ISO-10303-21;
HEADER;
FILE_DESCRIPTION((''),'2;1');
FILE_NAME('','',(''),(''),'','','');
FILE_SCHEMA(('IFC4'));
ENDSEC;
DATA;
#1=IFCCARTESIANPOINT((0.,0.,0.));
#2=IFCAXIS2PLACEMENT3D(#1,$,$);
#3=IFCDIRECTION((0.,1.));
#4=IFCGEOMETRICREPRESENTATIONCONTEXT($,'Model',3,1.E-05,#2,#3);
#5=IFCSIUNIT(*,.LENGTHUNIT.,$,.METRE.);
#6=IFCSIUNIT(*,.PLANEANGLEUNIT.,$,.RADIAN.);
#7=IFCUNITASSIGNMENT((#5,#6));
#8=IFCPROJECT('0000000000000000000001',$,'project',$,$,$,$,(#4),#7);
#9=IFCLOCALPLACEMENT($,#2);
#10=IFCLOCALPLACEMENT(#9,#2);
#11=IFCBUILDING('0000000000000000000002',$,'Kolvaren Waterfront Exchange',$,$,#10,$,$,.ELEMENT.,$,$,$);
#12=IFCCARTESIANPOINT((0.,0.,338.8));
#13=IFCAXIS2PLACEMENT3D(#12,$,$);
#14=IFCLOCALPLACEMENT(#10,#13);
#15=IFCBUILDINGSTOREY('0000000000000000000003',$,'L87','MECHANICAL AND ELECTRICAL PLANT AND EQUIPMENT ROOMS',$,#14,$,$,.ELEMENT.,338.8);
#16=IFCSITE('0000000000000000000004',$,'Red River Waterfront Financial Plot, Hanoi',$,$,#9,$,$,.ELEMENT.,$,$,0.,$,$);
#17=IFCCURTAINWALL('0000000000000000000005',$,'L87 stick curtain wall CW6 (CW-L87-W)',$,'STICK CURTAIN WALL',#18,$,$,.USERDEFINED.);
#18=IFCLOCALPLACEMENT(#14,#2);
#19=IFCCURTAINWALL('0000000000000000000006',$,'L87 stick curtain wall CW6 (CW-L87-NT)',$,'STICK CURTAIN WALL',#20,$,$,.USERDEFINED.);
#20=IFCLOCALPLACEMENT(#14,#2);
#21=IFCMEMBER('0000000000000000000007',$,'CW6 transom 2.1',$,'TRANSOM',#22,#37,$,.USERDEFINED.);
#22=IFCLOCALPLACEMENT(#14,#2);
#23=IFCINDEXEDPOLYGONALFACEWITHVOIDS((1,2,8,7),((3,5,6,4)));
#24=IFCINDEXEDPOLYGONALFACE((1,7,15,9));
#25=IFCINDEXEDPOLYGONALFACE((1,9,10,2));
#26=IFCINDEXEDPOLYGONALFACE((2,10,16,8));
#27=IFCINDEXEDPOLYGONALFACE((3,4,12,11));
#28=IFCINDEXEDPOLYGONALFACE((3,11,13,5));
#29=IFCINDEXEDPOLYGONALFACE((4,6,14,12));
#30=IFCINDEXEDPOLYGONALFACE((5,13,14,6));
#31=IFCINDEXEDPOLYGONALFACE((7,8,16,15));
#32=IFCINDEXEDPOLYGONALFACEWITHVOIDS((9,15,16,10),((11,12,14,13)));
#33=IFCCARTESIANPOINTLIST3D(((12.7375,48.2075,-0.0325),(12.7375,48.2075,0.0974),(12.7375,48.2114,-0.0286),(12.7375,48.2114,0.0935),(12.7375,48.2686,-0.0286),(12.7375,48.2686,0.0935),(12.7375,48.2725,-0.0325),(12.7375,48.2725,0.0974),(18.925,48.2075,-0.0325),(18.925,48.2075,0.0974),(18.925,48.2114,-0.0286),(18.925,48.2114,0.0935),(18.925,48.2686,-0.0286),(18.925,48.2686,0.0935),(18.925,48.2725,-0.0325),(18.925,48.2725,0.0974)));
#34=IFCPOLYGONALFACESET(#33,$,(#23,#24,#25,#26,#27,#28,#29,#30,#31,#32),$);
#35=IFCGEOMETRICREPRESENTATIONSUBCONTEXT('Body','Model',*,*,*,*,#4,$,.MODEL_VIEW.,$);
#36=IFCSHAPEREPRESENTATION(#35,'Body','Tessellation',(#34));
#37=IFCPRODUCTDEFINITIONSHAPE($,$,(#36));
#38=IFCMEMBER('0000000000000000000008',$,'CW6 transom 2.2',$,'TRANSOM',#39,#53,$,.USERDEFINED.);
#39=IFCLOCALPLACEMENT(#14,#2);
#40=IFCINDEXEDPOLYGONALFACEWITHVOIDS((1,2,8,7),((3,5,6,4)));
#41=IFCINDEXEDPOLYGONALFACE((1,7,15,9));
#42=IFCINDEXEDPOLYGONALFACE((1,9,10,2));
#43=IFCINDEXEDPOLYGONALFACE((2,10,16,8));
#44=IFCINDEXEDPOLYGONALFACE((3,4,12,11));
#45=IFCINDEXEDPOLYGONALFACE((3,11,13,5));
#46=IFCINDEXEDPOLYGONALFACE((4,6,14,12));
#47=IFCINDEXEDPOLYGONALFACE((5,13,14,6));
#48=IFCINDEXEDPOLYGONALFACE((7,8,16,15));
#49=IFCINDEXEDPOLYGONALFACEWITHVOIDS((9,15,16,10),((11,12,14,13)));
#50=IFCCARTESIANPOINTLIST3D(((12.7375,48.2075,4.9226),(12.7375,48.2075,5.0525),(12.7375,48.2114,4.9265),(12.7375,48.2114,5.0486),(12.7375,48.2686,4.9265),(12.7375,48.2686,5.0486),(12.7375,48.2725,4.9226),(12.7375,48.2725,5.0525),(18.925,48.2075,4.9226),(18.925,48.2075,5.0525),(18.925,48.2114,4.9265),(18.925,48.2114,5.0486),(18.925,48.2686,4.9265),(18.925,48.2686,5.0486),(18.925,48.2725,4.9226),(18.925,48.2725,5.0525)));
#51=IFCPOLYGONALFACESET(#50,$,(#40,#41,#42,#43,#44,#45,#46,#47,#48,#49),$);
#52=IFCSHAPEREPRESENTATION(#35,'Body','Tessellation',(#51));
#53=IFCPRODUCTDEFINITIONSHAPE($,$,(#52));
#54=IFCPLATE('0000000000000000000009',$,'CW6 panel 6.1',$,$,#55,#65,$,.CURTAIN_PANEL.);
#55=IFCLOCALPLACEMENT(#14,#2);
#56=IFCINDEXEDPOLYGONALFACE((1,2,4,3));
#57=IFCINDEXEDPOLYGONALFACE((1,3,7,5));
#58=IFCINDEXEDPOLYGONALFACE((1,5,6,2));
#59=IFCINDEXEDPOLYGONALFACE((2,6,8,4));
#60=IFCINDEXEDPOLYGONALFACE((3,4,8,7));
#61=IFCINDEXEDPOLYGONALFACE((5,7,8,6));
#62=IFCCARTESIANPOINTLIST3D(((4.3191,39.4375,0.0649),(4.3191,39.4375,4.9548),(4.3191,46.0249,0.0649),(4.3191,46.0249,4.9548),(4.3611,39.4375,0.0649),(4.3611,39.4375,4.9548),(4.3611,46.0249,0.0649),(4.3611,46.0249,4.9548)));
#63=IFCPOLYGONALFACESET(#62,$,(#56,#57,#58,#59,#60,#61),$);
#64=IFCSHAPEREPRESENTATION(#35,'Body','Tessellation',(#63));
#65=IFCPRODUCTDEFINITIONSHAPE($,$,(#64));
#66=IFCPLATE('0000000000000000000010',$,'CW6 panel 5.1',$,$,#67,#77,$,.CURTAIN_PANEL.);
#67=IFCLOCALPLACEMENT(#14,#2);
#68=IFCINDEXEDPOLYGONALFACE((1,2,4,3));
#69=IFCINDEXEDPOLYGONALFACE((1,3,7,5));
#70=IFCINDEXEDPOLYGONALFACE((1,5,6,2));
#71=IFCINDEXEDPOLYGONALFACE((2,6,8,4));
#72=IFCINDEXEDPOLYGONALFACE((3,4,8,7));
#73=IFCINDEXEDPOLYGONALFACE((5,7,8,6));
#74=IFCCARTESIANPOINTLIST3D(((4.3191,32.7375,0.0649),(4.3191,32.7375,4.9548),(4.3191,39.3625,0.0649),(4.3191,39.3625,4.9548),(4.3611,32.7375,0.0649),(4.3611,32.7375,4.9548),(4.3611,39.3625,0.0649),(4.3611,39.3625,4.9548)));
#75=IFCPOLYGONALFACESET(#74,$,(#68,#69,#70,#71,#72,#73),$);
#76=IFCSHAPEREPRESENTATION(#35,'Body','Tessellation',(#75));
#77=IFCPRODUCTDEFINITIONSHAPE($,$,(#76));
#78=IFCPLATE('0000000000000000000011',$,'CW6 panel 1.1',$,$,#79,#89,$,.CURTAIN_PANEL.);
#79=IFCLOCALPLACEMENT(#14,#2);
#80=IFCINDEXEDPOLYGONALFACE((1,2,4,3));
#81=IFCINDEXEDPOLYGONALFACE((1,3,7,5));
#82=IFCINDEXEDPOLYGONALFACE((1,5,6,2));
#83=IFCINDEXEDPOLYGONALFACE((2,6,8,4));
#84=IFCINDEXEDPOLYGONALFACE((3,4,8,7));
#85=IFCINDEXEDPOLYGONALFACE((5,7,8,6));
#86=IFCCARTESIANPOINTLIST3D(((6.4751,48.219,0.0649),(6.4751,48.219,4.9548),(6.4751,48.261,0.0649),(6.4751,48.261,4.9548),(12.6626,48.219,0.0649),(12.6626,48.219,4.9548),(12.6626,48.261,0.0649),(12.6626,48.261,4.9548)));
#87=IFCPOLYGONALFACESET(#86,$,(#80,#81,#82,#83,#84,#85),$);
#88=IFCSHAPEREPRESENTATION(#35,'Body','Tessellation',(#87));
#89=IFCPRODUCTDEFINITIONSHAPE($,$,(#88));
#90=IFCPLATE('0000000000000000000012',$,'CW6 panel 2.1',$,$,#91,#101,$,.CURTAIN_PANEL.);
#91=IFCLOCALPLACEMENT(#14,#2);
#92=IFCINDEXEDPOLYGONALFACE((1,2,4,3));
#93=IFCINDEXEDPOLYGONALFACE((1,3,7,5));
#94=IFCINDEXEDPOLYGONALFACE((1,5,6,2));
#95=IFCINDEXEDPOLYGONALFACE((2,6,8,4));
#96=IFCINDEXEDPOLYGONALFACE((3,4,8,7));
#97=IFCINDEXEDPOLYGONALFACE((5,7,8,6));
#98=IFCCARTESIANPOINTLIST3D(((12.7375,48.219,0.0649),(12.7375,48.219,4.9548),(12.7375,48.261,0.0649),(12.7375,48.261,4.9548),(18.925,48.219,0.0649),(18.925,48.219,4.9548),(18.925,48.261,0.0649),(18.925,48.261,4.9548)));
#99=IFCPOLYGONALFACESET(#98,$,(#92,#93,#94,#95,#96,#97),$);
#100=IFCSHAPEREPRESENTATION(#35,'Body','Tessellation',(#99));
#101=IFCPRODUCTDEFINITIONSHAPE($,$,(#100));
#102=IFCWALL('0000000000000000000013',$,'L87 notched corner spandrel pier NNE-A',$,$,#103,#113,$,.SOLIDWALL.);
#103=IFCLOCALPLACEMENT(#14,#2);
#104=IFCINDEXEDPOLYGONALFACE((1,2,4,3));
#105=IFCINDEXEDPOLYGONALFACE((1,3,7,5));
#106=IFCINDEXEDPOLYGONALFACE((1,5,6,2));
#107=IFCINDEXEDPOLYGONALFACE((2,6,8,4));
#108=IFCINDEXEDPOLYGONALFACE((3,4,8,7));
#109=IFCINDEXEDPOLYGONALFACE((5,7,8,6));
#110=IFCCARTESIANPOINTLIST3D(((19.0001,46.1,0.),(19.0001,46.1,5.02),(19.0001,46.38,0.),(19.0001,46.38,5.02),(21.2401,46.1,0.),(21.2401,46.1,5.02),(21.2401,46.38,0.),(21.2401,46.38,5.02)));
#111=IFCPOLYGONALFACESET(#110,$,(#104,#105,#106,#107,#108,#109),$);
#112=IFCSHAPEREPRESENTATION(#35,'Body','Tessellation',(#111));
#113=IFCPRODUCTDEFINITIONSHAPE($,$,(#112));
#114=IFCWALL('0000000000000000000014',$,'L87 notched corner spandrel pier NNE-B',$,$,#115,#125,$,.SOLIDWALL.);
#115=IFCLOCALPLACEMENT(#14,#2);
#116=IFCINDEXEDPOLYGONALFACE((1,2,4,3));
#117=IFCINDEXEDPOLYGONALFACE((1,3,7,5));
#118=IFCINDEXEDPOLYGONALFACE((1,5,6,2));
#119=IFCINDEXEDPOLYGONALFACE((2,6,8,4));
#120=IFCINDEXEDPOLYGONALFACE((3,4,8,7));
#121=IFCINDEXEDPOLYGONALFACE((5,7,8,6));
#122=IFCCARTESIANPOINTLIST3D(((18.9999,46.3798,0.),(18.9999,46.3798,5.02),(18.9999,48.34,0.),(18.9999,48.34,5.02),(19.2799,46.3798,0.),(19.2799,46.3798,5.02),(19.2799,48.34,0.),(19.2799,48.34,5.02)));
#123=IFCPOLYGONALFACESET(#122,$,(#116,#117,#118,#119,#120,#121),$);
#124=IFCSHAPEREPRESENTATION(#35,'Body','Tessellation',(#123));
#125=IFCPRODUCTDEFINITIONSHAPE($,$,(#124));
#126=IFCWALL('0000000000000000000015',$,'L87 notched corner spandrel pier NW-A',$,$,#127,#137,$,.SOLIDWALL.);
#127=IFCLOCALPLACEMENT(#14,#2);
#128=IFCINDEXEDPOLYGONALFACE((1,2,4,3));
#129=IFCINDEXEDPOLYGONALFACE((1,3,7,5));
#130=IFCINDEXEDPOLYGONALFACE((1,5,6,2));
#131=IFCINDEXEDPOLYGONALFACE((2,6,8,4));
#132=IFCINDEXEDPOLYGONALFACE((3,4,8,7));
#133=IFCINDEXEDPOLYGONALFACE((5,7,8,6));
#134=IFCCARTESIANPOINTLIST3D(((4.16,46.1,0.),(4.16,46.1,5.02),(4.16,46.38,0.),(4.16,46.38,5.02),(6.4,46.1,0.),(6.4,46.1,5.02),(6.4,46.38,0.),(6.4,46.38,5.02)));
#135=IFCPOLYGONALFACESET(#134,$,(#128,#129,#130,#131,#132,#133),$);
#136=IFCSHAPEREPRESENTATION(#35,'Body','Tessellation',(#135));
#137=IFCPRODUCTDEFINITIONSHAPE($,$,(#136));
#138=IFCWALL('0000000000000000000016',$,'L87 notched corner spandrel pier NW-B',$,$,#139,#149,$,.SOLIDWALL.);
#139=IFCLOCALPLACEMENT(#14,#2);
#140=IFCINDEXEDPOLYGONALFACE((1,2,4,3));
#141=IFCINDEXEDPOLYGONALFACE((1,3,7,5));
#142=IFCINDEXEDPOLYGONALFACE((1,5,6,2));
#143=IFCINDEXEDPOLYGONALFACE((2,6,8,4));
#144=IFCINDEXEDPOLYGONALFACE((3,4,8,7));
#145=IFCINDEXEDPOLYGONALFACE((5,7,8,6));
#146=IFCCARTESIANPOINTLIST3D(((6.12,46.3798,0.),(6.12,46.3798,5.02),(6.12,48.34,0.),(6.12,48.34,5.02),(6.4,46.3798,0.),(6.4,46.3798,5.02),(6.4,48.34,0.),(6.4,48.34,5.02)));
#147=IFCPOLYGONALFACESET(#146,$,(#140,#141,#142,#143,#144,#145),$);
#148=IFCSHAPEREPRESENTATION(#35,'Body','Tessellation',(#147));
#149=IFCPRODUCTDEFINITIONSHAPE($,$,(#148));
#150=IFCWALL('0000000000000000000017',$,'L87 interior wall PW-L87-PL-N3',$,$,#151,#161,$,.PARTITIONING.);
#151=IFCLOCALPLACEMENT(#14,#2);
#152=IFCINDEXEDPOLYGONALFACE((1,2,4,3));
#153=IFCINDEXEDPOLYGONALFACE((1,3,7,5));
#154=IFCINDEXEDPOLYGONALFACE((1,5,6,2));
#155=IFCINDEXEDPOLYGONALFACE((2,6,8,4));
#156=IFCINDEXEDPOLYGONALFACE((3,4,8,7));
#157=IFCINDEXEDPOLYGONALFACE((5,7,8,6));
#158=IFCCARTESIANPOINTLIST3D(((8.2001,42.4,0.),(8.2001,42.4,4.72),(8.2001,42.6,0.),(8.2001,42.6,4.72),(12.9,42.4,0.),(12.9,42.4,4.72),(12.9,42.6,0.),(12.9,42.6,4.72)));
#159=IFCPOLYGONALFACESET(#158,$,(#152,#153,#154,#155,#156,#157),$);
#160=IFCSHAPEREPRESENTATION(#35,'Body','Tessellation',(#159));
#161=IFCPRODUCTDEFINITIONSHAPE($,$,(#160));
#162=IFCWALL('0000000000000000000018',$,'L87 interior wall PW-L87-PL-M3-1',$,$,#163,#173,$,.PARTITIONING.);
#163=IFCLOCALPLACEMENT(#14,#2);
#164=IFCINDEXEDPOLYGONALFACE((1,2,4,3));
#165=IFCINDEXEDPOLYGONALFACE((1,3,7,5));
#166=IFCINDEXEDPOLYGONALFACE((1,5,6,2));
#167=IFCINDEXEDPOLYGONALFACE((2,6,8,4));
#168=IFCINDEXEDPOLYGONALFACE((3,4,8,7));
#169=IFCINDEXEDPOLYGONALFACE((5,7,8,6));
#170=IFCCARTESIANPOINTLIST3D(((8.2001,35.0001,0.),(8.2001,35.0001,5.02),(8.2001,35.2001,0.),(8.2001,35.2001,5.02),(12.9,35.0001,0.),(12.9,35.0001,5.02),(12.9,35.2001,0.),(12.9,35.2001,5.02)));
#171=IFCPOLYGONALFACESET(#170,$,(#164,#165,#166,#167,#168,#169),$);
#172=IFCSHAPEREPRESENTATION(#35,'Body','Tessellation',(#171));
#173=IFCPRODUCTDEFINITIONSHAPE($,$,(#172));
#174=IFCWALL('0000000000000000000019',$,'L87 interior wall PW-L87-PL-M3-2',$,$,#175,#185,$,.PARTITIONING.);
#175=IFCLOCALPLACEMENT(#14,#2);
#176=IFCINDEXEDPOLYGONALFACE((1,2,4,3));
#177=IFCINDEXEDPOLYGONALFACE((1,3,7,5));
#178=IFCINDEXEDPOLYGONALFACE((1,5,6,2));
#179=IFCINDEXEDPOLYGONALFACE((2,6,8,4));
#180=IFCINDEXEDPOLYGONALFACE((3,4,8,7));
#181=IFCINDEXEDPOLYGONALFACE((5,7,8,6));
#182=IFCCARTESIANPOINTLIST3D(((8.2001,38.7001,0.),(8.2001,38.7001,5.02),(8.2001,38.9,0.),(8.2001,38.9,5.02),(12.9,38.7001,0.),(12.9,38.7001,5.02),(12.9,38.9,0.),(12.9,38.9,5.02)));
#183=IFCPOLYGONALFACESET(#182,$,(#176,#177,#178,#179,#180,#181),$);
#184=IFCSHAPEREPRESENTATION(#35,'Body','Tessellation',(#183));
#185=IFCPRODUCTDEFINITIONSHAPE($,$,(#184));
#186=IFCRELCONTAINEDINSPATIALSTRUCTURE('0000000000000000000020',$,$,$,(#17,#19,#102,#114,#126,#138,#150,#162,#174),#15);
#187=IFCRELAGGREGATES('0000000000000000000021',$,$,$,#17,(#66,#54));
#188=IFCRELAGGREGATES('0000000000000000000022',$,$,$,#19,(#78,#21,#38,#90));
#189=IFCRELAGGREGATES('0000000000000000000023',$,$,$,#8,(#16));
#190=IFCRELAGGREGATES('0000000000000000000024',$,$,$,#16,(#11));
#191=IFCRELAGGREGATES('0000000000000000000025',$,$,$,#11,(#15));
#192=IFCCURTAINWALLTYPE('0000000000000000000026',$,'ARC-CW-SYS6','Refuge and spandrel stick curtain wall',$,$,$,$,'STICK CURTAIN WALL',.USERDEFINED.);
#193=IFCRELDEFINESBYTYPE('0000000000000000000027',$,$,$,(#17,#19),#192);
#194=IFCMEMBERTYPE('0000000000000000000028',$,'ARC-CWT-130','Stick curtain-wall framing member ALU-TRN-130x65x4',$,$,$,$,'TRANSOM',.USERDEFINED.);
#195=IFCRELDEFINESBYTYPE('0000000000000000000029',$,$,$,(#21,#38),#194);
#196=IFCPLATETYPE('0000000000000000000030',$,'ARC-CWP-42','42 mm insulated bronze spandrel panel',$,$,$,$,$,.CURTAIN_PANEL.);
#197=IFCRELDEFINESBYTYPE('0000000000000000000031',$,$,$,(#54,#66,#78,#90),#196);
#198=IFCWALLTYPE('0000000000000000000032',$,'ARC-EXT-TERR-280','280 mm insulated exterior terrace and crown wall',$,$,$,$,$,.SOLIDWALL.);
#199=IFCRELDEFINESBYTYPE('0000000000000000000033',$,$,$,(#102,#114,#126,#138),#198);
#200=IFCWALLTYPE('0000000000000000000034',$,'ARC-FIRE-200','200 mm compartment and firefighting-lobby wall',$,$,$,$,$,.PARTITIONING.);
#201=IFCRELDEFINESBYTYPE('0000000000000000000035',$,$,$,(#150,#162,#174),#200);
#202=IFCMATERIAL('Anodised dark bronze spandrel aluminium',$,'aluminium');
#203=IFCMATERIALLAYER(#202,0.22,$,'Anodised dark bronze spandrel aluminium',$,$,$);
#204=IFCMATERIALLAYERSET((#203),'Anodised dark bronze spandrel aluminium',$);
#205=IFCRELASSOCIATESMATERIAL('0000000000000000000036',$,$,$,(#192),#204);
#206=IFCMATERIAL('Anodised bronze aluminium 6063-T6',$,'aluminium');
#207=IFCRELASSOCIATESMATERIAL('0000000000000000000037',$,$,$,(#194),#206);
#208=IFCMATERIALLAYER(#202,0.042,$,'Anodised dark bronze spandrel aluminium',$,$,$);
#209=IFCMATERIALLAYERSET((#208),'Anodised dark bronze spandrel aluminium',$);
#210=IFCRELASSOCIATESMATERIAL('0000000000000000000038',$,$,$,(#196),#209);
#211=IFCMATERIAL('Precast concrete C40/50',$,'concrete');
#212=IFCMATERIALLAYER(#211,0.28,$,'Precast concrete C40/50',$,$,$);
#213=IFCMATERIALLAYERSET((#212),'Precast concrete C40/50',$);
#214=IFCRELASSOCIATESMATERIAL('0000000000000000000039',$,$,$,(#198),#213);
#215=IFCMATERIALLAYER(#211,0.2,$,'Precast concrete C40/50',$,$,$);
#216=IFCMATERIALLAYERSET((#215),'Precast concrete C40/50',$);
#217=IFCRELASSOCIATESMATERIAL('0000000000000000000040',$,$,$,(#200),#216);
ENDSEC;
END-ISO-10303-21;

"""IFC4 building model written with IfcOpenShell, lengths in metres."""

from ifc_helpers import new_model, si_unit, direction, frame, frame_2d, origin, origin_with_axes, origin_2d, place, context, subcontext, project, spatial, rectangle, hollow_rectangle, extrude, source, transform, mapped, material, layer, layer_set, material_profile, profile_set, type_object, element, aggregate, save


model = new_model("IFC4")

# Units and contexts
model_context = context("Model", 3, precision=1e-05, world=origin(), true_north=direction((0.0, 1.0)))
body_context = subcontext(model_context, "Body", "Model", "MODEL_VIEW")
ifc_project = project(units=[si_unit("LENGTHUNIT", "METRE"), si_unit("PLANEANGLEUNIT", "RADIAN")], contexts=[model_context])

# Site, building, storey
site_placement = place(None, origin())
site = spatial("IfcSite", under=ifc_project, at=site_placement, Name="Red River Waterfront Financial Plot, Hanoi", CompositionType="ELEMENT", RefElevation=0.0)
building_placement = place(site_placement, origin())
building = spatial("IfcBuilding", under=site, at=building_placement, Name="Kolvaren Waterfront Exchange", CompositionType="ELEMENT")
storey_placement = place(building_placement, frame((0.0, 0.0, 338.8)))
storey = spatial("IfcBuildingStorey", under=building, at=storey_placement, Name="L87", Description="MECHANICAL AND ELECTRICAL PLANT AND EQUIPMENT ROOMS", CompositionType="ELEMENT", Elevation=338.8)

# Curtain walls
ifc_material_1 = material(Name="Anodised dark bronze spandrel aluminium", Category="aluminium")
ifc_layer_1 = layer(ifc_material_1, 0.22, Name="Anodised dark bronze spandrel aluminium")
ifc_layer_set_1 = layer_set([ifc_layer_1], Name="Anodised dark bronze spandrel aluminium")
curtain_wall_type = type_object("IfcCurtainWallType", Name="ARC-CW-SYS6", Description="Refuge and spandrel stick curtain wall", ElementType="STICK CURTAIN WALL", PredefinedType="USERDEFINED", material=ifc_layer_set_1)
curtain_wall_1_placement = place(storey_placement, origin())
curtain_wall_1 = element("IfcCurtainWall", 1, at=curtain_wall_1_placement, inside=storey, type_object=curtain_wall_type, Name="L87 stick curtain wall CW6 (CW-L87-W)", ObjectType="STICK CURTAIN WALL", PredefinedType="USERDEFINED")
ifc_material_2 = material(Name="Anodised bronze aluminium 6063-T6", Category="aluminium")
curtain_wall_2_placement = place(storey_placement, origin())
curtain_wall_2 = element("IfcCurtainWall", 2, at=curtain_wall_2_placement, inside=storey, type_object=curtain_wall_type, Name="L87 stick curtain wall CW6 (CW-L87-NT)", ObjectType="STICK CURTAIN WALL", PredefinedType="USERDEFINED")

# Members
ifc_material_profile_1 = material_profile(ifc_material_2, hollow_rectangle(XDim=0.0649, YDim=0.1299, WallThickness=0.0039, at=origin_2d()), Name="ALU-TRN-130x65x4")
ifc_profile_set_1 = profile_set([ifc_material_profile_1], Name="Anodised bronze aluminium 6063-T6")
member_type_1 = type_object("IfcMemberType", Name="ARC-CWT-130", Description="Stick curtain-wall framing member ALU-TRN-130x65x4", ElementType="TRANSOM", PredefinedType="USERDEFINED", material=ifc_profile_set_1)
shared_shape_1 = source(origin_with_axes(), body_context, "Body", "SweptSolid", [
    extrude(hollow_rectangle(XDim=0.0649, YDim=0.1299, WallThickness=0.0039, at=origin_2d()), origin(), (0.0, 0.0, 1.0), 6.1875),
])
member_1_placement = place(storey_placement, frame((12.7375, 48.24, 0.0325), z_axis=(1.0, 0.0, 0.0), x_axis=(0.0, 1.0, 0.0)))
member_1 = element("IfcMember", 3, at=member_1_placement, type_object=member_type_1, Name="CW6 transom 2.1", ObjectType="TRANSOM", PredefinedType="USERDEFINED", context=body_context, shape_type="MappedRepresentation", body=[
    mapped(shared_shape_1, transform((0.0, 0.0, 0.0), x_axis=(1.0, 0.0, 0.0), y_axis=(0.0, 1.0, 0.0), z_axis=(0.0, 0.0, 1.0), scale=1.0)),
])
member_2_placement = place(storey_placement, frame((12.7375, 48.24, 4.9875), z_axis=(1.0, 0.0, 0.0), x_axis=(0.0, 1.0, 0.0)))
member_2 = element("IfcMember", 4, at=member_2_placement, type_object=member_type_1, Name="CW6 transom 2.2", ObjectType="TRANSOM", PredefinedType="USERDEFINED", context=body_context, shape_type="MappedRepresentation", body=[
    mapped(shared_shape_1, transform((0.0, 0.0, 0.0), x_axis=(1.0, 0.0, 0.0), y_axis=(0.0, 1.0, 0.0), z_axis=(0.0, 0.0, 1.0), scale=1.0)),
])

# Plates
ifc_layer_2 = layer(ifc_material_1, 0.042, Name="Anodised dark bronze spandrel aluminium")
ifc_layer_set_2 = layer_set([ifc_layer_2], Name="Anodised dark bronze spandrel aluminium")
plate_type = type_object("IfcPlateType", Name="ARC-CWP-42", Description="42 mm insulated bronze spandrel panel", PredefinedType="CURTAIN_PANEL", material=ifc_layer_set_2)
shared_shape_2 = source(origin_with_axes(), body_context, "Body", "SweptSolid", [
    extrude(rectangle(XDim=6.5874, YDim=0.042, at=origin_2d()), origin(), (0.0, 0.0, 1.0), 4.8899),
])
plate_1_placement = place(storey_placement, frame((4.3401, 42.7312, 0.0649), z_axis=(0.0, 0.0, 1.0), x_axis=(0.0, 1.0, 0.0)))
plate_1 = element("IfcPlate", 5, at=plate_1_placement, type_object=plate_type, Name="CW6 panel 6.1", PredefinedType="CURTAIN_PANEL", context=body_context, shape_type="MappedRepresentation", body=[
    mapped(shared_shape_2, transform((0.0, 0.0, 0.0), x_axis=(1.0, 0.0, 0.0), y_axis=(0.0, 1.0, 0.0), z_axis=(0.0, 0.0, 1.0), scale=1.0)),
])
shared_shape_3 = source(origin_with_axes(), body_context, "Body", "SweptSolid", [
    extrude(rectangle(XDim=6.625, YDim=0.042, at=origin_2d()), origin(), (0.0, 0.0, 1.0), 4.8899),
])
plate_2_placement = place(storey_placement, frame((4.3401, 36.05, 0.0649), z_axis=(0.0, 0.0, 1.0), x_axis=(0.0, 1.0, 0.0)))
plate_2 = element("IfcPlate", 6, at=plate_2_placement, type_object=plate_type, Name="CW6 panel 5.1", PredefinedType="CURTAIN_PANEL", context=body_context, shape_type="MappedRepresentation", body=[
    mapped(shared_shape_3, transform((0.0, 0.0, 0.0), x_axis=(1.0, 0.0, 0.0), y_axis=(0.0, 1.0, 0.0), z_axis=(0.0, 0.0, 1.0), scale=1.0)),
])
aggregate(curtain_wall_1, [plate_2, plate_1])
shared_shape_4 = source(origin_with_axes(), body_context, "Body", "SweptSolid", [
    extrude(rectangle(XDim=6.1875, YDim=0.042, at=origin_2d()), origin(), (0.0, 0.0, 1.0), 4.8899),
])
plate_3_placement = place(storey_placement, frame((9.5688, 48.24, 0.0649), z_axis=(0.0, 0.0, 1.0), x_axis=(1.0, 0.0, 0.0)))
plate_3 = element("IfcPlate", 7, at=plate_3_placement, type_object=plate_type, Name="CW6 panel 1.1", PredefinedType="CURTAIN_PANEL", context=body_context, shape_type="MappedRepresentation", body=[
    mapped(shared_shape_4, transform((0.0, 0.0, 0.0), x_axis=(1.0, 0.0, 0.0), y_axis=(0.0, 1.0, 0.0), z_axis=(0.0, 0.0, 1.0), scale=1.0)),
])
plate_4_placement = place(storey_placement, frame((15.8313, 48.24, 0.0649), z_axis=(0.0, 0.0, 1.0), x_axis=(1.0, 0.0, 0.0)))
plate_4 = element("IfcPlate", 8, at=plate_4_placement, type_object=plate_type, Name="CW6 panel 2.1", PredefinedType="CURTAIN_PANEL", context=body_context, shape_type="MappedRepresentation", body=[
    mapped(shared_shape_4, transform((0.0, 0.0, 0.0), x_axis=(1.0, 0.0, 0.0), y_axis=(0.0, 1.0, 0.0), z_axis=(0.0, 0.0, 1.0), scale=1.0)),
])
aggregate(curtain_wall_2, [plate_3, member_1, member_2, plate_4])

# Walls
ifc_material_3 = material(Name="Precast concrete C40/50", Category="concrete")
ifc_layer_3 = layer(ifc_material_3, 0.28, Name="Precast concrete C40/50")
ifc_layer_set_3 = layer_set([ifc_layer_3], Name="Precast concrete C40/50")
wall_type_1 = type_object("IfcWallType", Name="ARC-EXT-TERR-280", Description="280 mm insulated exterior terrace and crown wall", PredefinedType="SOLIDWALL", material=ifc_layer_set_3)
wall_1_placement = place(storey_placement, frame((19.0, 46.24, 0.0), z_axis=(0.0, 0.0, 1.0), x_axis=(1.0, 0.0, 0.0)))
element("IfcWall", 9, at=wall_1_placement, inside=storey, type_object=wall_type_1, Name="L87 notched corner spandrel pier NNE-A", PredefinedType="SOLIDWALL", context=body_context, shape_type="SweptSolid", body=[
    extrude(rectangle(XDim=2.24, YDim=0.28, at=frame_2d((1.1201, 0.0))), origin(), (0.0, 0.0, 1.0), 5.02),
])
wall_2_placement = place(storey_placement, frame((19.1399, 46.3799, 0.0), z_axis=(0.0, 0.0, 1.0), x_axis=(0.0, 1.0, 0.0)))
element("IfcWall", 10, at=wall_2_placement, inside=storey, type_object=wall_type_1, Name="L87 notched corner spandrel pier NNE-B", PredefinedType="SOLIDWALL", context=body_context, shape_type="SweptSolid", body=[
    extrude(rectangle(XDim=1.9602, YDim=0.28, at=frame_2d((0.98, 0.0))), origin(), (0.0, 0.0, 1.0), 5.02),
])
wall_3_placement = place(storey_placement, frame((4.1599, 46.24, 0.0), z_axis=(0.0, 0.0, 1.0), x_axis=(1.0, 0.0, 0.0)))
element("IfcWall", 11, at=wall_3_placement, inside=storey, type_object=wall_type_1, Name="L87 notched corner spandrel pier NW-A", PredefinedType="SOLIDWALL", context=body_context, shape_type="SweptSolid", body=[
    extrude(rectangle(XDim=2.24, YDim=0.28, at=frame_2d((1.1201, 0.0))), origin(), (0.0, 0.0, 1.0), 5.02),
])
wall_4_placement = place(storey_placement, frame((6.26, 46.3799, 0.0), z_axis=(0.0, 0.0, 1.0), x_axis=(0.0, 1.0, 0.0)))
element("IfcWall", 12, at=wall_4_placement, inside=storey, type_object=wall_type_1, Name="L87 notched corner spandrel pier NW-B", PredefinedType="SOLIDWALL", context=body_context, shape_type="SweptSolid", body=[
    extrude(rectangle(XDim=1.9602, YDim=0.28, at=frame_2d((0.98, 0.0))), origin(), (0.0, 0.0, 1.0), 5.02),
])
ifc_layer_4 = layer(ifc_material_3, 0.2, Name="Precast concrete C40/50")
ifc_layer_set_4 = layer_set([ifc_layer_4], Name="Precast concrete C40/50")
wall_type_2 = type_object("IfcWallType", Name="ARC-FIRE-200", Description="200 mm compartment and firefighting-lobby wall", PredefinedType="PARTITIONING", material=ifc_layer_set_4)
wall_5_placement = place(storey_placement, frame((8.2, 42.5, 0.0), z_axis=(0.0, 0.0, 1.0), x_axis=(1.0, 0.0, 0.0)))
element("IfcWall", 13, at=wall_5_placement, inside=storey, type_object=wall_type_2, Name="L87 interior wall PW-L87-PL-N3", PredefinedType="PARTITIONING", context=body_context, shape_type="SweptSolid", body=[
    extrude(rectangle(XDim=4.7, YDim=0.2, at=frame_2d((2.3501, 0.0))), origin(), (0.0, 0.0, 1.0), 4.72),
])
for number, where, z_axis, x_axis, name in (
    (14, (8.2, 35.1001, 0.0), (0.0, 0.0, 1.0), (1.0, 0.0, 0.0), "L87 interior wall PW-L87-PL-M3-1"),
    (15, (8.2, 38.8, 0.0), (0.0, 0.0, 1.0), (1.0, 0.0, 0.0), "L87 interior wall PW-L87-PL-M3-2"),
):
    element("IfcWall", number, at=place(storey_placement, frame(where, z_axis=z_axis, x_axis=x_axis)), inside=storey, type_object=wall_type_2, Name=name, PredefinedType="PARTITIONING", context=body_context, shape_type="SweptSolid", body=[
        extrude(rectangle(XDim=4.7, YDim=0.2, at=frame_2d((2.3501, 0.0))), origin(), (0.0, 0.0, 1.0), 5.02),
    ])

save(model, "model.ifc")
